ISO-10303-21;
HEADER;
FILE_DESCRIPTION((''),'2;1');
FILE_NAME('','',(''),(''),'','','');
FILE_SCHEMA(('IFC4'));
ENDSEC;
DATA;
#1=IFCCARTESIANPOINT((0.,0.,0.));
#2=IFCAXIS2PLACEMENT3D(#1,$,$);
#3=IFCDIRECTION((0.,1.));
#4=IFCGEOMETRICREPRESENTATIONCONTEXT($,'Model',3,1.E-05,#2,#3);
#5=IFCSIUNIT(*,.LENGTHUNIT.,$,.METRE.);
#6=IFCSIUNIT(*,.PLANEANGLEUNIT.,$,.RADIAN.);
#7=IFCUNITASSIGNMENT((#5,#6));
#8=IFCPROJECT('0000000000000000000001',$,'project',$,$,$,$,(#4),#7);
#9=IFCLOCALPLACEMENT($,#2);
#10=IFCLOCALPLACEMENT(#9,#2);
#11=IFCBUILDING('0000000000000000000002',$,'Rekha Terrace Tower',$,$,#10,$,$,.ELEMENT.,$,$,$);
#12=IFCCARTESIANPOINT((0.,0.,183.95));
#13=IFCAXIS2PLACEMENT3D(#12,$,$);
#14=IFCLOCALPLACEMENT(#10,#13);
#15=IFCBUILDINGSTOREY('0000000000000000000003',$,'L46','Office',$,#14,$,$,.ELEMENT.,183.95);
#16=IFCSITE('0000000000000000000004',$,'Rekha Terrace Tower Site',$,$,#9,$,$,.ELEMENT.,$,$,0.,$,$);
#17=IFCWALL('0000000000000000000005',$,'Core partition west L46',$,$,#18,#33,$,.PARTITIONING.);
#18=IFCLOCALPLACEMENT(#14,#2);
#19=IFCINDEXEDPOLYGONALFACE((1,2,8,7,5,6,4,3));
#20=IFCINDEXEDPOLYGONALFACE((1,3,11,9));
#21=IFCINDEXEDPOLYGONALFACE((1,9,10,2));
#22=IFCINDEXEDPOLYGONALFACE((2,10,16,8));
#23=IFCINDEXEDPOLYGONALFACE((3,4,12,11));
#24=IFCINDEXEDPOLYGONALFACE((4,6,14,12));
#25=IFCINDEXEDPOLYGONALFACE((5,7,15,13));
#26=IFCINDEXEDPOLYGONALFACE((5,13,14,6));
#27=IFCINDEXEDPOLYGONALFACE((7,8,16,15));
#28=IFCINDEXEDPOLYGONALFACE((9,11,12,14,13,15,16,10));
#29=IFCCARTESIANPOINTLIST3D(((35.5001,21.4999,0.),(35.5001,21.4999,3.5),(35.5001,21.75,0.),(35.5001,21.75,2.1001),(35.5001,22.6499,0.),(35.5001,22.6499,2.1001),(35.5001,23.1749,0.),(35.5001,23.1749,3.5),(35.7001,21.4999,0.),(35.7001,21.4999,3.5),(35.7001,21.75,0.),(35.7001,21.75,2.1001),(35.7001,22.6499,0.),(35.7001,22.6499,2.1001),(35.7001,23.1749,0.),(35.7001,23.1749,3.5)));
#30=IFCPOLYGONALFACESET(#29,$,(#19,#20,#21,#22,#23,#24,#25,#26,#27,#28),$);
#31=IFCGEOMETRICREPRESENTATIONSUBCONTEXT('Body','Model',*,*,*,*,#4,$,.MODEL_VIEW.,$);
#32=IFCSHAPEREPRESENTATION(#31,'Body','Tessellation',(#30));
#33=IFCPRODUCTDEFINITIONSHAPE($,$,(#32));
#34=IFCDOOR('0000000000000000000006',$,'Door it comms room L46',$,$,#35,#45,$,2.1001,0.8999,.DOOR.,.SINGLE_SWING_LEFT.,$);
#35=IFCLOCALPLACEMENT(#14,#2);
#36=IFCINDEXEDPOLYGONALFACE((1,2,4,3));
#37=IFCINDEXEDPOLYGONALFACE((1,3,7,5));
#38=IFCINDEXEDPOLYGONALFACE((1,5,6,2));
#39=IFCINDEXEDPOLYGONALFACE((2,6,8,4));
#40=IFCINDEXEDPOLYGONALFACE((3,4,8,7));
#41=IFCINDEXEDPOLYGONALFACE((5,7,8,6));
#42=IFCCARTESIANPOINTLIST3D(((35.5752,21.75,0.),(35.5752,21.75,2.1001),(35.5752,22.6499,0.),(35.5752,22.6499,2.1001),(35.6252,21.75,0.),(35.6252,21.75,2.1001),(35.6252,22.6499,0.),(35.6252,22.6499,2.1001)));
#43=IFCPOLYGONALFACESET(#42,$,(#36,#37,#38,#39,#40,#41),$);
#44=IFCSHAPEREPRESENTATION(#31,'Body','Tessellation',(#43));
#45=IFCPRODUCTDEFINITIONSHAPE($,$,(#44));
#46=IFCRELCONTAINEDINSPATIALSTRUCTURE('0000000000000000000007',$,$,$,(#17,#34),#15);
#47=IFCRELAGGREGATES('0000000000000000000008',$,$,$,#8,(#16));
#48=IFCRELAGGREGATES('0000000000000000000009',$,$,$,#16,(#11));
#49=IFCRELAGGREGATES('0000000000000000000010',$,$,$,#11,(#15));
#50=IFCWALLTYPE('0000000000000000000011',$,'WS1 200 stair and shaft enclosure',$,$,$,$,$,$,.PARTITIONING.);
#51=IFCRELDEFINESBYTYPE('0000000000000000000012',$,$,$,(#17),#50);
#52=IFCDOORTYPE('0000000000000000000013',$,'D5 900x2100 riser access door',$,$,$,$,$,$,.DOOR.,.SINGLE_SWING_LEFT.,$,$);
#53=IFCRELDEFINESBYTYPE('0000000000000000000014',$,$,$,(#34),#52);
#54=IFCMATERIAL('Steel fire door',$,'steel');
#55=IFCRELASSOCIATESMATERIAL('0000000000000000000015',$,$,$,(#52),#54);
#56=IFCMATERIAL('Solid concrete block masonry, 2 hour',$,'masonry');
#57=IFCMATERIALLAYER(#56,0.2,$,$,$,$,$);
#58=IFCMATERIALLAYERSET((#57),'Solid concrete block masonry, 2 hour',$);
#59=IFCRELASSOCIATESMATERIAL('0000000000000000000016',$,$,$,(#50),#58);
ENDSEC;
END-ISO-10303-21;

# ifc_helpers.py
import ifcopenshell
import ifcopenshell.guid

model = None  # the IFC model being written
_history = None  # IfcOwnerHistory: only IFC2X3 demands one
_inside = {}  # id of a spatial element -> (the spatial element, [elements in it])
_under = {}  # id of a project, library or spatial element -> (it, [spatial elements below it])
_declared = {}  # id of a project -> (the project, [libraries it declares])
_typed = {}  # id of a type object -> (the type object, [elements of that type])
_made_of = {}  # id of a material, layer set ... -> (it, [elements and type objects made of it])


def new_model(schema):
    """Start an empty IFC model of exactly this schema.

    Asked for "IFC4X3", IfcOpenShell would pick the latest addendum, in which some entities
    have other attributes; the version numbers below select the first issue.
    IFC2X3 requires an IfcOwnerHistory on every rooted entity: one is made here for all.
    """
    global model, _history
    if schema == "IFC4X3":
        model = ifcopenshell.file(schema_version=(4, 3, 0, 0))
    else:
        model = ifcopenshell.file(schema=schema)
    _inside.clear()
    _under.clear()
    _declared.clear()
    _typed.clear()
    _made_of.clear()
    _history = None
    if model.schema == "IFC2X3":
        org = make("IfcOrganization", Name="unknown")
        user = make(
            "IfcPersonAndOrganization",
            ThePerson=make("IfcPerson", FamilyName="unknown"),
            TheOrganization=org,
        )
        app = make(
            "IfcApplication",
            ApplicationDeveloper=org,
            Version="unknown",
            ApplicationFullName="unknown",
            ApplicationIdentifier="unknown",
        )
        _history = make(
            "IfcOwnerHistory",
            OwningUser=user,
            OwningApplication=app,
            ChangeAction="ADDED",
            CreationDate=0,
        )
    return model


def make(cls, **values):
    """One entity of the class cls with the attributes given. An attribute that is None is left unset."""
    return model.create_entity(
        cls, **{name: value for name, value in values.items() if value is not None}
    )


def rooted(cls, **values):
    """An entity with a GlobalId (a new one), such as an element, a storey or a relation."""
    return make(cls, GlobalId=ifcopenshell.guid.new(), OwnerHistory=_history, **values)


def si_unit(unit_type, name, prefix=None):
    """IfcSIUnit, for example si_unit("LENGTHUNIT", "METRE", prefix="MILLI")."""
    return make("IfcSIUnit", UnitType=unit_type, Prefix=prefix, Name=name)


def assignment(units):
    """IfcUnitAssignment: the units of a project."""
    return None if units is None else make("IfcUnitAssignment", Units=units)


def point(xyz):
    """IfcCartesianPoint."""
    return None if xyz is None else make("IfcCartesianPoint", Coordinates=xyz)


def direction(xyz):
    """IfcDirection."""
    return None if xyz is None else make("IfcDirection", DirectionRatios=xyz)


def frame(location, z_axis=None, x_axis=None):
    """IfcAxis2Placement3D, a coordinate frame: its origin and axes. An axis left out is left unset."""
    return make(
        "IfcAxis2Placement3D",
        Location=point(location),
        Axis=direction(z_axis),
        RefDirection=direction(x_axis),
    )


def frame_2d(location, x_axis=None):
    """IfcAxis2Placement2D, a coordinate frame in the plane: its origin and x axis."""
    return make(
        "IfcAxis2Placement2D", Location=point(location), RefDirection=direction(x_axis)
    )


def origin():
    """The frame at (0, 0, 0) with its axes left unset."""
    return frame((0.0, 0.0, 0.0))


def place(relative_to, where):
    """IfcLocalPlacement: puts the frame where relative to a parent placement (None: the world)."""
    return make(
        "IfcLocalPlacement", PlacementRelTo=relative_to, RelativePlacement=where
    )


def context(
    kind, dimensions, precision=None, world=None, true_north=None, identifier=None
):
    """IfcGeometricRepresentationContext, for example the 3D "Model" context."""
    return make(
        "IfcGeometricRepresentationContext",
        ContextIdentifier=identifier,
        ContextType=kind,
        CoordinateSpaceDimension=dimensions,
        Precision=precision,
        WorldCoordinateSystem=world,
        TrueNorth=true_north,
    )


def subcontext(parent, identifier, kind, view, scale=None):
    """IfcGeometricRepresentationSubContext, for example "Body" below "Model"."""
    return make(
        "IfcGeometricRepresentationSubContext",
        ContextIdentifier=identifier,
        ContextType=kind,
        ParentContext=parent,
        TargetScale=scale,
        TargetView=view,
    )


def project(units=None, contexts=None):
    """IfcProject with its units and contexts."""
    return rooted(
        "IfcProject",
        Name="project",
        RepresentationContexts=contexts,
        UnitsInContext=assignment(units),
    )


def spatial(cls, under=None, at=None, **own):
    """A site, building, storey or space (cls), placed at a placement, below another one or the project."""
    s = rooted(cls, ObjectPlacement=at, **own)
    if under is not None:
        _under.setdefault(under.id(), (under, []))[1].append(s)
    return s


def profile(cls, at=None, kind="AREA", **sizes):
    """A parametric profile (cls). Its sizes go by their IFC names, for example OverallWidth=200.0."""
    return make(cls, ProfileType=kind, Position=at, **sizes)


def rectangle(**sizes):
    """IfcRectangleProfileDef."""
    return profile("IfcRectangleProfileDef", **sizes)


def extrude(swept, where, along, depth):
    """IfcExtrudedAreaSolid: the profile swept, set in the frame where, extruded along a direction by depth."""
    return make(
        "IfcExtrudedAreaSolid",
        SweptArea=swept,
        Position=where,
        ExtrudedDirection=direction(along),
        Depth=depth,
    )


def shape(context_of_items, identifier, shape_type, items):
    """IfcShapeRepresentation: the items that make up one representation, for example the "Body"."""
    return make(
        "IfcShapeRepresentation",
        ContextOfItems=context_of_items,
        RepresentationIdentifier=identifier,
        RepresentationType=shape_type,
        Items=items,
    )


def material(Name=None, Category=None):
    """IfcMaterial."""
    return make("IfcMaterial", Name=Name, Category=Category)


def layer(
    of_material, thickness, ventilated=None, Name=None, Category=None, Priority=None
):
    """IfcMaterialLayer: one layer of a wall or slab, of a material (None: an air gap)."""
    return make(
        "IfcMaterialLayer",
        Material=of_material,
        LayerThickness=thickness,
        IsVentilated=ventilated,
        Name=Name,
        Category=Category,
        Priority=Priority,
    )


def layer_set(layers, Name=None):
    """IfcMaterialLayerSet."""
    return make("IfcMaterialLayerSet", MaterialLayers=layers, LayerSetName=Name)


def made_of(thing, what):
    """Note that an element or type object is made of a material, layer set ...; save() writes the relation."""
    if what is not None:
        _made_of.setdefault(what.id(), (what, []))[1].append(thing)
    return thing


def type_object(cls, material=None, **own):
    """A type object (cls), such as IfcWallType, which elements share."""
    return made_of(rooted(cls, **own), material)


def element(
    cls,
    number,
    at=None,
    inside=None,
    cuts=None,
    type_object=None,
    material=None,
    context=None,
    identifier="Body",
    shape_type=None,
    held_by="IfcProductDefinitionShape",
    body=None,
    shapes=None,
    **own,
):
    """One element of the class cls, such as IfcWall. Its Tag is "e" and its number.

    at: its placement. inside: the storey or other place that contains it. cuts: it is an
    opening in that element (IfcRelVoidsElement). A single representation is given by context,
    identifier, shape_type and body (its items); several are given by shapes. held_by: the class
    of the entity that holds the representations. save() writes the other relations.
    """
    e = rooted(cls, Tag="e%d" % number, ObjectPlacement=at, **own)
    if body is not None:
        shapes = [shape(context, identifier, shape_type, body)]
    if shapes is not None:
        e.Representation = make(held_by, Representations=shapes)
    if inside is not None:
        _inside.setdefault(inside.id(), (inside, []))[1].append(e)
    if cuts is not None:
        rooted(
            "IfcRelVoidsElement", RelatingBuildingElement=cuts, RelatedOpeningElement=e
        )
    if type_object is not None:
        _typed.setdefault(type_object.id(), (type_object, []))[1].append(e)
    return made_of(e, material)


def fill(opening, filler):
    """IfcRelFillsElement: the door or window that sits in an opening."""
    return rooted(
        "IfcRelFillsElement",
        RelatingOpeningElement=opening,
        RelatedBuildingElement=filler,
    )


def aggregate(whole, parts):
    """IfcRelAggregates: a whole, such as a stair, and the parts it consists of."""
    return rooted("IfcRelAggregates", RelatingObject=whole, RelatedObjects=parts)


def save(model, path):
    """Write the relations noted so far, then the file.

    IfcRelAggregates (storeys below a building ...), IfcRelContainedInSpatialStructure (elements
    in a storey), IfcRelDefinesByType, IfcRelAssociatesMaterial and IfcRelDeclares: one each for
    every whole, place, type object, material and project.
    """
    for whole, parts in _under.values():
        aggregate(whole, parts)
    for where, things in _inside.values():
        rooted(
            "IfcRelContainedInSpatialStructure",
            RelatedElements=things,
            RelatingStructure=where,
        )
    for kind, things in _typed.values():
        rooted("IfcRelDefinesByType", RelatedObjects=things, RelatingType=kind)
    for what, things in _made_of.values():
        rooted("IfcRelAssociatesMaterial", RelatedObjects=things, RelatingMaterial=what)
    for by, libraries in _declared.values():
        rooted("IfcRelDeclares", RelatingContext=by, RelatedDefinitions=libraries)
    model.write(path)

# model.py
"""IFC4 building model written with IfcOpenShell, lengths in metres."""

from ifc_helpers import new_model, si_unit, direction, frame, frame_2d, origin, place, context, subcontext, project, spatial, rectangle, extrude, material, layer, layer_set, type_object, element, fill, save


model = new_model("IFC4")

# Units and contexts
model_context = context("Model", 3, precision=1e-05, world=origin(), true_north=direction((0.0, 1.0)))
body_context = subcontext(model_context, "Body", "Model", "MODEL_VIEW")
ifc_project = project(units=[si_unit("LENGTHUNIT", "METRE"), si_unit("PLANEANGLEUNIT", "RADIAN")], contexts=[model_context])

# Site, building, storey
site_placement = place(None, origin())
site = spatial("IfcSite", under=ifc_project, at=site_placement, Name="Rekha Terrace Tower Site", CompositionType="ELEMENT", RefElevation=0.0)
building_placement = place(site_placement, origin())
building = spatial("IfcBuilding", under=site, at=building_placement, Name="Rekha Terrace Tower", CompositionType="ELEMENT")
storey_placement = place(building_placement, frame((0.0, 0.0, 183.95)))
storey = spatial("IfcBuildingStorey", under=building, at=storey_placement, Name="L46", Description="Office", CompositionType="ELEMENT", Elevation=183.95)

# Shared definitions
ifc_material_1 = material(Name="Steel fire door", Category="steel")
door_type_1 = type_object("IfcDoorType", Name="D5 900x2100 riser access door", OperationType="SINGLE_SWING_LEFT", PredefinedType="DOOR", material=ifc_material_1)

# Wall, opening, door
ifc_material_2 = material(Name="Solid concrete block masonry, 2 hour", Category="masonry")
ifc_layer_1 = layer(ifc_material_2, 0.2)
ifc_layer_set_1 = layer_set([ifc_layer_1], Name="Solid concrete block masonry, 2 hour")
wall_type_1 = type_object("IfcWallType", Name="WS1 200 stair and shaft enclosure", PredefinedType="PARTITIONING", material=ifc_layer_set_1)
wall_1_placement = place(storey_placement, frame((35.6001, 21.5, 0.0), z_axis=(0.0, 0.0, 1.0), x_axis=(0.0, 1.0, 0.0)))
wall_1 = element("IfcWall", 1, at=wall_1_placement, inside=storey, type_object=wall_type_1, Name="Core partition west L46", PredefinedType="PARTITIONING", context=body_context, shape_type="SweptSolid", body=[
    extrude(rectangle(XDim=1.675, YDim=0.2, at=frame_2d((0.8374, 0.0))), origin(), (0.0, 0.0, 1.0), 3.5),
])
opening_1_placement = place(wall_1_placement, frame((0.25, 0.0, 0.0)))
opening_1 = element("IfcOpeningElement", 2, at=opening_1_placement, cuts=wall_1, PredefinedType="OPENING", context=body_context, shape_type="SweptSolid", body=[
    extrude(rectangle(XDim=0.8999, YDim=2.1001, at=frame_2d((0.45, 1.05))), frame((0.0, 0.1099, 0.0), z_axis=(0.0, -1.0, 0.0), x_axis=(1.0, 0.0, 0.0)), (0.0, 0.0, 1.0), 0.22),
])
door_1_placement = place(opening_1_placement, origin())
door_1 = element("IfcDoor", 3, at=door_1_placement, inside=storey, type_object=door_type_1, Name="Door it comms room L46", OperationType="SINGLE_SWING_LEFT", OverallHeight=2.1001, OverallWidth=0.8999, PredefinedType="DOOR", context=body_context, shape_type="SweptSolid", body=[
    extrude(rectangle(XDim=0.8999, YDim=2.1001, at=frame_2d((0.45, 1.05))), frame((0.0, 0.0249, 0.0), z_axis=(0.0, -1.0, 0.0), x_axis=(1.0, 0.0, 0.0)), (0.0, 0.0, 1.0), 0.05),
])
fill(opening_1, door_1)

save(model, "model.ifc")
